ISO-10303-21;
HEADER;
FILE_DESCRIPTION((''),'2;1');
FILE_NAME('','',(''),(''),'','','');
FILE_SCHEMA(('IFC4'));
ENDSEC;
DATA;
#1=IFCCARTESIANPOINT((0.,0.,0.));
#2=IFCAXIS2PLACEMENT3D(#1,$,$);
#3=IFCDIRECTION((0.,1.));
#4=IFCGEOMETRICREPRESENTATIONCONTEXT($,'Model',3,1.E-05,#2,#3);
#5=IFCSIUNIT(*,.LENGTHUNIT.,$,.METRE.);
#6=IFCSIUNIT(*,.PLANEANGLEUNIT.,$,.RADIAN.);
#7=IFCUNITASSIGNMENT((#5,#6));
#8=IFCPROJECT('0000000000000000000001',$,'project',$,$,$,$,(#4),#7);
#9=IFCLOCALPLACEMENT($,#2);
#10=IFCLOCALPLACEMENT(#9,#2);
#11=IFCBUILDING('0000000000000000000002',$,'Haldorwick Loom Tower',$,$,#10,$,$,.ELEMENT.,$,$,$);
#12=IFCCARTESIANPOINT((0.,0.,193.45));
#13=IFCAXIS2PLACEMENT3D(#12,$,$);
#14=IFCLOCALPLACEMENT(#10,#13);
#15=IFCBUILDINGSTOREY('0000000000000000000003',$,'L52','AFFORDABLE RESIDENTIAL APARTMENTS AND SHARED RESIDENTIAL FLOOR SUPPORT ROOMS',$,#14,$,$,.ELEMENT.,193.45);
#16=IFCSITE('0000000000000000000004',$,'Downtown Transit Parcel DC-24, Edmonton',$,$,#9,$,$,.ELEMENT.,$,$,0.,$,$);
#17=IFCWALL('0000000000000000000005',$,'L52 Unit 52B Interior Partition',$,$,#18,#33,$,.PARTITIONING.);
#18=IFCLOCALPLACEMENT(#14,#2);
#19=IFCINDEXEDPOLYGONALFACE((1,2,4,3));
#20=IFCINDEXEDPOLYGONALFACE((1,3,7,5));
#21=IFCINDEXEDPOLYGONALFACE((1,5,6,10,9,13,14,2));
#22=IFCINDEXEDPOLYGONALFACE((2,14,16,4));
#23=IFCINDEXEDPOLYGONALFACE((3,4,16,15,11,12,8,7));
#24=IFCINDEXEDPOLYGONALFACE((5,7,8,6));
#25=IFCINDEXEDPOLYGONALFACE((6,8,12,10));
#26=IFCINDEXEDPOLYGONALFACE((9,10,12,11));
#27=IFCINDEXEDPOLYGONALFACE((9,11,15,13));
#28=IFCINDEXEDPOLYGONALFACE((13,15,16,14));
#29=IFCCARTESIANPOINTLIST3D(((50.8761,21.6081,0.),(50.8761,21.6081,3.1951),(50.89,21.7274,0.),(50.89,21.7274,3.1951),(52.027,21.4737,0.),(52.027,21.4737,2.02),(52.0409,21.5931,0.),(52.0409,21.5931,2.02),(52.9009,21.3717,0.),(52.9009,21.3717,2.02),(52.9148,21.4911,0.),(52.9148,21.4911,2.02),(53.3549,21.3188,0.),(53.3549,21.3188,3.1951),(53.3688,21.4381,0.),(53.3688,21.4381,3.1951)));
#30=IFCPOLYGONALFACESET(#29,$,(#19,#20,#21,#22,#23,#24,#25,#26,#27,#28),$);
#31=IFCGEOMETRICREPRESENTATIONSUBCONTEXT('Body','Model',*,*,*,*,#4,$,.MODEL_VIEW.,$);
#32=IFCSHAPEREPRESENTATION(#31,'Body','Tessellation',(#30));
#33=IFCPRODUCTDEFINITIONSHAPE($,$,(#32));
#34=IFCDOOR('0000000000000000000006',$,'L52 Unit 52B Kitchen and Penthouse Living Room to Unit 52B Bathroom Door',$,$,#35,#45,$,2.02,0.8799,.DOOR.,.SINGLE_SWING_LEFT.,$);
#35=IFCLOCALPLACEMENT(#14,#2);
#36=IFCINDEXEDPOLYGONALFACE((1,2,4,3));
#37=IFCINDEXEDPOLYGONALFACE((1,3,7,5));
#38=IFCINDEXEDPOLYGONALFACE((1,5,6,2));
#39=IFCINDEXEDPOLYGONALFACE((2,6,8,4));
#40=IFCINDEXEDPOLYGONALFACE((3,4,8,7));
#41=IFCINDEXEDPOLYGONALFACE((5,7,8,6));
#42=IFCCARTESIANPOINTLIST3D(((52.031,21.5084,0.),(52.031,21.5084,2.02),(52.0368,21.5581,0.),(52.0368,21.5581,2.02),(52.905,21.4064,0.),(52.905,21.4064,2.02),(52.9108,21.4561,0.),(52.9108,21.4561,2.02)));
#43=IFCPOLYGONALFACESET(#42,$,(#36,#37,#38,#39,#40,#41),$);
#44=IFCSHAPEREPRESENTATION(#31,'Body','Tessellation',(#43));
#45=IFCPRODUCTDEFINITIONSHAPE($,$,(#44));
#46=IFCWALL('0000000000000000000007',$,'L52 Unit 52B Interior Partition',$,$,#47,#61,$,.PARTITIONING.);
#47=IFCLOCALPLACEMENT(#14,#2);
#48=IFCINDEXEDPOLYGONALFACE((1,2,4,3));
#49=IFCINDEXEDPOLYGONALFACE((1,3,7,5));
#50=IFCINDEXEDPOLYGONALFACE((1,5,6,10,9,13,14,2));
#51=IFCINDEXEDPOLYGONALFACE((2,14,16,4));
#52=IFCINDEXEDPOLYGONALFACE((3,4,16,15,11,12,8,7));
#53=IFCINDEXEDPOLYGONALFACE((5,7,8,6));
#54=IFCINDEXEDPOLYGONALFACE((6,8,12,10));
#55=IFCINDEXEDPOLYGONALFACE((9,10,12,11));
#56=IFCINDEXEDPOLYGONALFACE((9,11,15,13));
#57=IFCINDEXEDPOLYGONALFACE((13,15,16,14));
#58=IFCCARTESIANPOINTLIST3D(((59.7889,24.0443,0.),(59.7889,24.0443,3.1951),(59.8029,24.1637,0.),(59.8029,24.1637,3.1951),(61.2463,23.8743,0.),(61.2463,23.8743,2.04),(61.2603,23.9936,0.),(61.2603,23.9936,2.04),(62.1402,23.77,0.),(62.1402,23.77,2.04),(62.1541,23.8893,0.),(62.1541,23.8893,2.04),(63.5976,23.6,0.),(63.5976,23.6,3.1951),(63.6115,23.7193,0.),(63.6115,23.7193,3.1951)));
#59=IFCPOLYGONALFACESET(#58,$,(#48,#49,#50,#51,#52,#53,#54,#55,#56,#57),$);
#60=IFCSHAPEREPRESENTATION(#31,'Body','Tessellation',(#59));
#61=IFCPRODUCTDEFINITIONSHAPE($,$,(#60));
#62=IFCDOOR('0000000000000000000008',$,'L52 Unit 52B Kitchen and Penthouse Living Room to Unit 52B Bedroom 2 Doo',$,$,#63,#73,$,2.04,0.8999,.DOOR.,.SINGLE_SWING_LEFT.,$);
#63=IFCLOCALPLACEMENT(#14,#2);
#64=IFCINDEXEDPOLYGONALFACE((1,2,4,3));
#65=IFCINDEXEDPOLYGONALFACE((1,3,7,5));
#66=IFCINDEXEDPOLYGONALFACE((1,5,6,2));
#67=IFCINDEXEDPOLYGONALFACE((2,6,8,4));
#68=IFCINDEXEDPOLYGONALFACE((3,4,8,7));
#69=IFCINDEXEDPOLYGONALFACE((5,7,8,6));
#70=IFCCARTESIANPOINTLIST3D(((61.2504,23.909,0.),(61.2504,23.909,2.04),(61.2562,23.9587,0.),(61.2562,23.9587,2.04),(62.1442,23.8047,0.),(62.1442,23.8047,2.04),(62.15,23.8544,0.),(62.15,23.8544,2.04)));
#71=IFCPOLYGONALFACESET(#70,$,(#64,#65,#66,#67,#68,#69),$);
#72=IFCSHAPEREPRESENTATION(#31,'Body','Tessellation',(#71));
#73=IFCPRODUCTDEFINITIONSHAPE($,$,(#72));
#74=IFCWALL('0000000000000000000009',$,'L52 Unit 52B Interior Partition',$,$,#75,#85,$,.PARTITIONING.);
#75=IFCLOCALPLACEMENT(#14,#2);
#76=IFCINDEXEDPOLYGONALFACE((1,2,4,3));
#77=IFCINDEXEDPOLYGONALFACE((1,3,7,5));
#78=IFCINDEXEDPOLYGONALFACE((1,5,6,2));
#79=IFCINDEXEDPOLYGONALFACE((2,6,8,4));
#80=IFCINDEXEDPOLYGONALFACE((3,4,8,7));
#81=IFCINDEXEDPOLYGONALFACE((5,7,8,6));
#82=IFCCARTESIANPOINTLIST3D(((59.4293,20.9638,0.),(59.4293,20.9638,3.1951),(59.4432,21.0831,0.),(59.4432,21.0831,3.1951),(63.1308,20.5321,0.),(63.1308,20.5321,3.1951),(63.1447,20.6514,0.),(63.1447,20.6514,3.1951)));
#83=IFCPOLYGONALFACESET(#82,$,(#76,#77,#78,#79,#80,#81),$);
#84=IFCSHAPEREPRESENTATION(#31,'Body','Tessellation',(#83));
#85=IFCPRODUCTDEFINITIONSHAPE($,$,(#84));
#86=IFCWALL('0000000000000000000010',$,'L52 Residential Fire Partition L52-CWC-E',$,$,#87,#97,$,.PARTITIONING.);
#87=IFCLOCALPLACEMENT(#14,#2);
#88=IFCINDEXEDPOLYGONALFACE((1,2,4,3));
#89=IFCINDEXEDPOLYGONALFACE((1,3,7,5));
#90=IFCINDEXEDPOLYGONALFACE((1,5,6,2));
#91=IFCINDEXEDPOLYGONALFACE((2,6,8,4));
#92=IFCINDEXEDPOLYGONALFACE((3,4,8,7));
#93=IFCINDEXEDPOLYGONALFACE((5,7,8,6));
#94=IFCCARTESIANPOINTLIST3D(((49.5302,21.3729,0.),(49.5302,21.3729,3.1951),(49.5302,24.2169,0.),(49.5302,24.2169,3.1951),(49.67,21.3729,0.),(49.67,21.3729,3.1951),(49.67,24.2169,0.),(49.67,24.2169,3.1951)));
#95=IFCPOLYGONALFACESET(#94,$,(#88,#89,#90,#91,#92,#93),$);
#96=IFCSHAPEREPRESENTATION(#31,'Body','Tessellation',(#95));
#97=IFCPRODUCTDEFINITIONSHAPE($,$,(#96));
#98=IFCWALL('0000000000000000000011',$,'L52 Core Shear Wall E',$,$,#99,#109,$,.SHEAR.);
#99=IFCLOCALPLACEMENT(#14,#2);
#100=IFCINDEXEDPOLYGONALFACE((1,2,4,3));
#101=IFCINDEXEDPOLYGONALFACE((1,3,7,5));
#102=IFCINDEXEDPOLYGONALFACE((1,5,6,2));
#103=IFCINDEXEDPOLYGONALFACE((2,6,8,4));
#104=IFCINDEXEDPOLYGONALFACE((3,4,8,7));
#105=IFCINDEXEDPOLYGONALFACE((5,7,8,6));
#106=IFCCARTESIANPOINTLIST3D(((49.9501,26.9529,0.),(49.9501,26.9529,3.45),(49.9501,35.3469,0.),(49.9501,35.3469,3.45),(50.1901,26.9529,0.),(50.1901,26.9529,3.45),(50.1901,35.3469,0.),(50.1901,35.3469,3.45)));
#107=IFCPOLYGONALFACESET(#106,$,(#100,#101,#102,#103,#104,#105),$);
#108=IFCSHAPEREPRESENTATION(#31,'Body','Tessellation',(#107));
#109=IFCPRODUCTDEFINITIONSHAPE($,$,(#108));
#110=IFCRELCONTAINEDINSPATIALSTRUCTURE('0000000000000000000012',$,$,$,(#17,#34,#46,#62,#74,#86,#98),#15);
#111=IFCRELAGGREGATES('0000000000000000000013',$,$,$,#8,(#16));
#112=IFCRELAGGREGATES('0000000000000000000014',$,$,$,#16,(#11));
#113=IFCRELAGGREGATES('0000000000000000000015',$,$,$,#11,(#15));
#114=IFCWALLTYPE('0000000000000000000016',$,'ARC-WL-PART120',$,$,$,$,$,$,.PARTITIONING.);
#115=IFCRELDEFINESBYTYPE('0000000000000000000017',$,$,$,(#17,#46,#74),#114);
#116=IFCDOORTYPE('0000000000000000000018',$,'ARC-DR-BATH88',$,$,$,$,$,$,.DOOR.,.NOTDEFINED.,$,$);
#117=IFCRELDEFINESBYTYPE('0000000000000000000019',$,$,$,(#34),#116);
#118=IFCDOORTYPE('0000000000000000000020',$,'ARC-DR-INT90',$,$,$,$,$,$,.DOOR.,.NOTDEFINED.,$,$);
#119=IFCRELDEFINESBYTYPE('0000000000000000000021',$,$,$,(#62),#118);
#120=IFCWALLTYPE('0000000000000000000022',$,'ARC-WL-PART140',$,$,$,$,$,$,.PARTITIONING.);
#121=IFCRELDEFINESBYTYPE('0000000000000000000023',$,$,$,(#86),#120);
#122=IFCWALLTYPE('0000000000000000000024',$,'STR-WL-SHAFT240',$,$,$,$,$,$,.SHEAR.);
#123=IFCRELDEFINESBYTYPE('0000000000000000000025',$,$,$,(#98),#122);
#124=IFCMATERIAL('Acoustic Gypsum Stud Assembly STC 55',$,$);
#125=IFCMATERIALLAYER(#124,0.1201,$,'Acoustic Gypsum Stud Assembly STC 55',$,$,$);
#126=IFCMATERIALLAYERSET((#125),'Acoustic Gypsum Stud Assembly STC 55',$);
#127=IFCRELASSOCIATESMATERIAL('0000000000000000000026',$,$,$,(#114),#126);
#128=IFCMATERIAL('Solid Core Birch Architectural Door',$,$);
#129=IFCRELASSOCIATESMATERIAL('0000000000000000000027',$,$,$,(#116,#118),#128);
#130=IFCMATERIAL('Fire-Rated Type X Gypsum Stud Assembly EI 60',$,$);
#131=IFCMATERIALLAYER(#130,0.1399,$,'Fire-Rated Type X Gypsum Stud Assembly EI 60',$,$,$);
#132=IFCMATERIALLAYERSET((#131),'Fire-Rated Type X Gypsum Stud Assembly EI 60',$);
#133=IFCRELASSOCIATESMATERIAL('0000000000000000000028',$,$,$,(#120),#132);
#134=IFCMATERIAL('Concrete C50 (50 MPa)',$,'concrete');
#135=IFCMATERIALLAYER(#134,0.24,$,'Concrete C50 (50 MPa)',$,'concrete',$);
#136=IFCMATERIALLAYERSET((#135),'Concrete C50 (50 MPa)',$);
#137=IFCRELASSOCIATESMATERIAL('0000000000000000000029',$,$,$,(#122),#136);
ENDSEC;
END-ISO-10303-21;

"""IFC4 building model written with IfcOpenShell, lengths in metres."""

from ifc_helpers import new_model, si_unit, direction, frame, frame_2d, origin, place, context, subcontext, project, spatial, rectangle, extrude, material, layer, layer_set, type_object, element, fill, save


model = new_model("IFC4")

# Units and contexts
model_context = context("Model", 3, precision=1e-05, world=origin(), true_north=direction((0.0, 1.0)))
body_context = subcontext(model_context, "Body", "Model", "MODEL_VIEW")
ifc_project = project(units=[si_unit("LENGTHUNIT", "METRE"), si_unit("PLANEANGLEUNIT", "RADIAN")], contexts=[model_context])

# Site, building, storey
site_placement = place(None, origin())
site = spatial("IfcSite", under=ifc_project, at=site_placement, Name="Downtown Transit Parcel DC-24, Edmonton", CompositionType="ELEMENT", RefElevation=0.0)
building_placement = place(site_placement, origin())
building = spatial("IfcBuilding", under=site, at=building_placement, Name="Haldorwick Loom Tower", CompositionType="ELEMENT")
storey_placement = place(building_placement, frame((0.0, 0.0, 193.45)))
storey = spatial("IfcBuildingStorey", under=building, at=storey_placement, Name="L52", Description="AFFORDABLE RESIDENTIAL APARTMENTS AND SHARED RESIDENTIAL FLOOR SUPPORT ROOMS", CompositionType="ELEMENT", Elevation=193.45)

# Shared definitions
ifc_material_1 = material(Name="Fire-Rated Type X Gypsum Stud Assembly EI 60")

# Walls, openings, doors
ifc_material_2 = material(Name="Acoustic Gypsum Stud Assembly STC 55")
ifc_layer_1 = layer(ifc_material_2, 0.1201, Name="Acoustic Gypsum Stud Assembly STC 55")
ifc_layer_set_1 = layer_set([ifc_layer_1], Name="Acoustic Gypsum Stud Assembly STC 55")
wall_type_1 = type_object("IfcWallType", Name="ARC-WL-PART120", PredefinedType="PARTITIONING", material=ifc_layer_set_1)
wall_1_placement = place(storey_placement, frame((50.8831, 21.6677, 0.0), z_axis=(0.0, 0.0, 1.0), x_axis=(0.993258, -0.115927, 0.0)))
wall_1 = element("IfcWall", 1, at=wall_1_placement, inside=storey, type_object=wall_type_1, Name="L52 Unit 52B Interior Partition", PredefinedType="PARTITIONING", context=body_context, shape_type="SweptSolid", body=[
    extrude(rectangle(XDim=2.4956, YDim=0.1201, at=frame_2d((1.2478, 0.0))), origin(), (0.0, 0.0, 1.0), 3.1951),
])
opening_1_placement = place(wall_1_placement, frame((1.1587, 0.0, 0.0)))
opening_1 = element("IfcOpeningElement", 2, at=opening_1_placement, cuts=wall_1, PredefinedType="OPENING", context=body_context, shape_type="SweptSolid", body=[
    extrude(rectangle(XDim=0.8799, YDim=2.02, at=frame_2d((0.4399, 1.01))), frame((0.0, 0.0701, 0.0), z_axis=(0.0, -1.0, 0.0), x_axis=(1.0, 0.0, 0.0)), (0.0, 0.0, 1.0), 0.1401),
])
ifc_material_3 = material(Name="Solid Core Birch Architectural Door")
door_type_1 = type_object("IfcDoorType", Name="ARC-DR-BATH88", OperationType="NOTDEFINED", PredefinedType="DOOR", material=ifc_material_3)
door_1_placement = place(opening_1_placement, origin())
door_1 = element("IfcDoor", 3, at=door_1_placement, inside=storey, type_object=door_type_1, Name="L52 Unit 52B Kitchen and Penthouse Living Room to Unit 52B Bathroom Door", OperationType="SINGLE_SWING_LEFT", OverallHeight=2.02, OverallWidth=0.8799, PredefinedType="DOOR", context=body_context, shape_type="SweptSolid", body=[
    extrude(rectangle(XDim=0.8799, YDim=2.02, at=frame_2d((0.4399, 1.01))), frame((0.0, 0.0249, 0.0), z_axis=(0.0, -1.0, 0.0), x_axis=(1.0, 0.0, 0.0)), (0.0, 0.0, 1.0), 0.05),
])
fill(opening_1, door_1)
wall_2_placement = place(storey_placement, frame((59.7959, 24.104, 0.0), z_axis=(0.0, 0.0, 1.0), x_axis=(0.993263, -0.115881, 0.0)))
wall_2 = element("IfcWall", 4, at=wall_2_placement, inside=storey, type_object=wall_type_1, Name="L52 Unit 52B Interior Partition", PredefinedType="PARTITIONING", context=body_context, shape_type="SweptSolid", body=[
    extrude(rectangle(XDim=3.8345, YDim=0.1201, at=frame_2d((1.9172, 0.0))), origin(), (0.0, 0.0, 1.0), 3.1951),
])
opening_2_placement = place(wall_2_placement, frame((1.4673, 0.0, 0.0)))
opening_2 = element("IfcOpeningElement", 5, at=opening_2_placement, cuts=wall_2, PredefinedType="OPENING", context=body_context, shape_type="SweptSolid", body=[
    extrude(rectangle(XDim=0.8999, YDim=2.04, at=frame_2d((0.45, 1.02))), frame((0.0, 0.0701, 0.0), z_axis=(0.0, -1.0, 0.0), x_axis=(1.0, 0.0, 0.0)), (0.0, 0.0, 1.0), 0.1401),
])
door_type_2 = type_object("IfcDoorType", Name="ARC-DR-INT90", OperationType="NOTDEFINED", PredefinedType="DOOR", material=ifc_material_3)
door_2_placement = place(opening_2_placement, origin())
door_2 = element("IfcDoor", 6, at=door_2_placement, inside=storey, type_object=door_type_2, Name="L52 Unit 52B Kitchen and Penthouse Living Room to Unit 52B Bedroom 2 Doo", OperationType="SINGLE_SWING_LEFT", OverallHeight=2.04, OverallWidth=0.8999, PredefinedType="DOOR", context=body_context, shape_type="SweptSolid", body=[
    extrude(rectangle(XDim=0.8999, YDim=2.04, at=frame_2d((0.45, 1.02))), frame((0.0, 0.0249, 0.0), z_axis=(0.0, -1.0, 0.0), x_axis=(1.0, 0.0, 0.0)), (0.0, 0.0, 1.0), 0.05),
])
fill(opening_2, door_2)

# Walls
wall_3_placement = place(storey_placement, frame((59.4363, 21.0234, 0.0), z_axis=(0.0, 0.0, 1.0), x_axis=(0.993269, -0.11583, 0.0)))
element("IfcWall", 7, at=wall_3_placement, inside=storey, type_object=wall_type_1, Name="L52 Unit 52B Interior Partition", PredefinedType="PARTITIONING", context=body_context, shape_type="SweptSolid", body=[
    extrude(rectangle(XDim=3.7266, YDim=0.1201, at=frame_2d((1.8633, 0.0))), origin(), (0.0, 0.0, 1.0), 3.1951),
])
ifc_layer_2 = layer(ifc_material_1, 0.1399, Name="Fire-Rated Type X Gypsum Stud Assembly EI 60")
ifc_layer_set_2 = layer_set([ifc_layer_2], Name="Fire-Rated Type X Gypsum Stud Assembly EI 60")
wall_type_2 = type_object("IfcWallType", Name="ARC-WL-PART140", PredefinedType="PARTITIONING", material=ifc_layer_set_2)
wall_4_placement = place(storey_placement, frame((49.6001, 21.373, 0.0), z_axis=(0.0, 0.0, 1.0), x_axis=(0.0, 1.0, 0.0)))
element("IfcWall", 8, at=wall_4_placement, inside=storey, type_object=wall_type_2, Name="L52 Residential Fire Partition L52-CWC-E", PredefinedType="PARTITIONING", context=body_context, shape_type="SweptSolid", body=[
    extrude(rectangle(XDim=2.844, YDim=0.1399, at=frame_2d((1.4219, 0.0))), origin(), (0.0, 0.0, 1.0), 3.1951),
])
ifc_material_4 = material(Name="Concrete C50 (50 MPa)", Category="concrete")
ifc_layer_3 = layer(ifc_material_4, 0.24, Name="Concrete C50 (50 MPa)", Category="concrete")
ifc_layer_set_3 = layer_set([ifc_layer_3], Name="Concrete C50 (50 MPa)")
wall_type_3 = type_object("IfcWallType", Name="STR-WL-SHAFT240", PredefinedType="SHEAR", material=ifc_layer_set_3)
wall_5_placement = place(storey_placement, frame((50.0701, 26.9529, 0.0), z_axis=(0.0, 0.0, 1.0), x_axis=(0.0, 1.0, 0.0)))
element("IfcWall", 9, at=wall_5_placement, inside=storey, type_object=wall_type_3, Name="L52 Core Shear Wall E", PredefinedType="SHEAR", context=body_context, shape_type="SweptSolid", body=[
    extrude(rectangle(XDim=8.394, YDim=0.24, at=frame_2d((4.197, 0.0))), origin(), (0.0, 0.0, 1.0), 3.45),
])

save(model, "model.ifc")
